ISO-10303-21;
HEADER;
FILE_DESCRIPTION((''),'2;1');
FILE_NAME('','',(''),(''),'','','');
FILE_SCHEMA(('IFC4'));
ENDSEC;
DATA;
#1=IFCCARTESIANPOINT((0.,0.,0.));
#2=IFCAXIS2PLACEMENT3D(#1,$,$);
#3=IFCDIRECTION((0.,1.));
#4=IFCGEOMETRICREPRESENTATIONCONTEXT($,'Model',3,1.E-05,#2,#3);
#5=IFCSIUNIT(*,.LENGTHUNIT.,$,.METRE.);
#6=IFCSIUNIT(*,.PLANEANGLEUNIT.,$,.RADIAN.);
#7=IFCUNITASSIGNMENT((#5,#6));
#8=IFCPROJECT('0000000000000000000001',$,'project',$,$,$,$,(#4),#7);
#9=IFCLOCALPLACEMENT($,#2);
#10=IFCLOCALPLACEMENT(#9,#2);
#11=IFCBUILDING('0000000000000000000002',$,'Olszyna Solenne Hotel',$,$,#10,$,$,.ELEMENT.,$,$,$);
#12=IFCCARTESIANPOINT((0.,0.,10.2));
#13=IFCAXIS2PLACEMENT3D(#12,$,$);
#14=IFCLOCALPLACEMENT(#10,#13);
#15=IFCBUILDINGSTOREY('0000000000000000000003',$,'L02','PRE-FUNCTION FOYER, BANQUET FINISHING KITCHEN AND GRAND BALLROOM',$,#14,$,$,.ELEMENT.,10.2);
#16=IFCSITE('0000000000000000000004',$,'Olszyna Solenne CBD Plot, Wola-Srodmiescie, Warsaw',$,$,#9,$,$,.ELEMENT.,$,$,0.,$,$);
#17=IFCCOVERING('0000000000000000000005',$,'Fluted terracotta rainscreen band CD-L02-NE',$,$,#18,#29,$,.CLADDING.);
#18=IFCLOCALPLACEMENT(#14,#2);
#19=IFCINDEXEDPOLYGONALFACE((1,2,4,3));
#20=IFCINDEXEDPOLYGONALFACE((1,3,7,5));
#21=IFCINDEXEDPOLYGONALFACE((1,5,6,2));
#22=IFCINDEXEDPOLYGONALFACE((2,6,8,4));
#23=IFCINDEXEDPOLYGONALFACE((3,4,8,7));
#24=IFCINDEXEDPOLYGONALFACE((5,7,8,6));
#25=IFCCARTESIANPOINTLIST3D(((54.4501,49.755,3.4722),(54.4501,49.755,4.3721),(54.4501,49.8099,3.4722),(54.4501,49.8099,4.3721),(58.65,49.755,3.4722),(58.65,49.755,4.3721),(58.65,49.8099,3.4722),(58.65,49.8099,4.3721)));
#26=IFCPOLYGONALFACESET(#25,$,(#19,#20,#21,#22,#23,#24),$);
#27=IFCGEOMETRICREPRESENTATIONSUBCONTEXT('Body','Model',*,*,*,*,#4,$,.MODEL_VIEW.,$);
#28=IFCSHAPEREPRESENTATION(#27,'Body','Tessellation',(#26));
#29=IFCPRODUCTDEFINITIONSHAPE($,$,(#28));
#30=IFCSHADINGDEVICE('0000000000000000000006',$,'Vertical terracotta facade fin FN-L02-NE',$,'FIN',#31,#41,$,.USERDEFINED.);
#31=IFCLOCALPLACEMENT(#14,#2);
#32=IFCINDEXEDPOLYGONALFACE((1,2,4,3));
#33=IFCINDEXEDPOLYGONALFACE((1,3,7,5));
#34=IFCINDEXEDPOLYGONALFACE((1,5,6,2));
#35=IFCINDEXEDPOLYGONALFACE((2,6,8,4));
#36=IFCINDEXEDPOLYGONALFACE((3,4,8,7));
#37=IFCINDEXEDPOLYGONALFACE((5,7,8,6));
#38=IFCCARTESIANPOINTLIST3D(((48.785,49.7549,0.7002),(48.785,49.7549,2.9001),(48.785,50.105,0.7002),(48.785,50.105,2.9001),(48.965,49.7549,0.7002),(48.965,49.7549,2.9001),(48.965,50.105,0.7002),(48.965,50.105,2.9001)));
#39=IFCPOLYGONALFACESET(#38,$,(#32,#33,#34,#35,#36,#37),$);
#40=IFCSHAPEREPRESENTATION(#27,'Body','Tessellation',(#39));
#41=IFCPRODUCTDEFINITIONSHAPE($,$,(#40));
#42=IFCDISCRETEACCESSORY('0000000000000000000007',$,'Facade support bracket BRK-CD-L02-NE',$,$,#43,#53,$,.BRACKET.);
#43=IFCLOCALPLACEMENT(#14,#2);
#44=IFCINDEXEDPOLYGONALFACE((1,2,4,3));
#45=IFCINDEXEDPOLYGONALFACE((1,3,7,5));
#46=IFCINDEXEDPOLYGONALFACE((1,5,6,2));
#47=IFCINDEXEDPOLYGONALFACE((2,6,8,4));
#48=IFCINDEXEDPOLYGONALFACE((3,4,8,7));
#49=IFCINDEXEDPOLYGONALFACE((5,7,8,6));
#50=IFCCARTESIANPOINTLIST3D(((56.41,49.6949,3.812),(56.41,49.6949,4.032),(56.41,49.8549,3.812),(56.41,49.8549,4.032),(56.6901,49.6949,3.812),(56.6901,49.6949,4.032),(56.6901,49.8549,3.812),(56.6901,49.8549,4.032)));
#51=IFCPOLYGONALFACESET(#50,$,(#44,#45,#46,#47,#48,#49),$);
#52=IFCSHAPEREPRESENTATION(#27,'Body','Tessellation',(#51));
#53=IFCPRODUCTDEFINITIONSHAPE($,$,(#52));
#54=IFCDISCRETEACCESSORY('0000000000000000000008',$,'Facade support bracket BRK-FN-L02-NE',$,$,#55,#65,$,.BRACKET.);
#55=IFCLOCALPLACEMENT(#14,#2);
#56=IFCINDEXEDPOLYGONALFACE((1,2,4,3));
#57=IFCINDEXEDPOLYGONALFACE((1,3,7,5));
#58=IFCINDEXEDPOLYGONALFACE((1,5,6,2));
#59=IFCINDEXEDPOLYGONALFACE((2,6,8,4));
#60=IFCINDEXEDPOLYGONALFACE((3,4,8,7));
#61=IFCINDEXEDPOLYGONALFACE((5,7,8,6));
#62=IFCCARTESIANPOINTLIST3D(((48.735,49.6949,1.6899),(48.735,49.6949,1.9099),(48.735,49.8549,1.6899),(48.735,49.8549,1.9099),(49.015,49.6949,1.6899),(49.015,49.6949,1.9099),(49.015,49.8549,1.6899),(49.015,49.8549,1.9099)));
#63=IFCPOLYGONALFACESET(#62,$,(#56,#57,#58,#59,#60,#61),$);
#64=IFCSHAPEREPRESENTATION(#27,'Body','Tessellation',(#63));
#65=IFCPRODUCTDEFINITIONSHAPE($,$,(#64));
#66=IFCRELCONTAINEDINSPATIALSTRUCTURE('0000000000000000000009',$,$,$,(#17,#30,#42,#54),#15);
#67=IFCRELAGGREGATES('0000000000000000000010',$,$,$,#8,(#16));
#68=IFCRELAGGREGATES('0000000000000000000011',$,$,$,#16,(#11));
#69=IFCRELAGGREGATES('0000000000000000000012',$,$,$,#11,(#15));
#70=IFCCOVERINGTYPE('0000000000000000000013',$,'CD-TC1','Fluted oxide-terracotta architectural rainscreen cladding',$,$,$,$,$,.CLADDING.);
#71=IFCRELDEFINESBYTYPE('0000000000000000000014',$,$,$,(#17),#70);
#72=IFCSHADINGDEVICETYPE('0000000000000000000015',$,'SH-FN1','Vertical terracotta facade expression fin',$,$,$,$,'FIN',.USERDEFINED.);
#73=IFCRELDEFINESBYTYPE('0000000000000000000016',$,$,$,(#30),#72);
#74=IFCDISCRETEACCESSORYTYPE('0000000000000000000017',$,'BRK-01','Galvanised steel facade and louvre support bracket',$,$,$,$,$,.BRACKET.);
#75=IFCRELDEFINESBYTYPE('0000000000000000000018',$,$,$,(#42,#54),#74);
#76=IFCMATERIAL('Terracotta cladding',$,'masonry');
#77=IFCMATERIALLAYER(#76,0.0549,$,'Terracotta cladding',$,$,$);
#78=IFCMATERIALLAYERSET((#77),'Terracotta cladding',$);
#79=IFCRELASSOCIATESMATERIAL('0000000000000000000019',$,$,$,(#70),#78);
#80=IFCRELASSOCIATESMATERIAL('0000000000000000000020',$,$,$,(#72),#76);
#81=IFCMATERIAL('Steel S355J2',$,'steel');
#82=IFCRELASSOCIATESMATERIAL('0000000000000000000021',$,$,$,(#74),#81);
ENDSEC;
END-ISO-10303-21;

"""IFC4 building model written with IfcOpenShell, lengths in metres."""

from ifc_helpers import new_model, si_unit, direction, frame, origin, origin_2d, place, context, subcontext, project, spatial, rectangle, extrude, source, transform, mapped, material, layer, layer_set, type_object, element, save


model = new_model("IFC4")

# Units and contexts
model_context = context("Model", 3, precision=1e-05, world=origin(), true_north=direction((0.0, 1.0)))
body_context = subcontext(model_context, "Body", "Model", "MODEL_VIEW")
ifc_project = project(units=[si_unit("LENGTHUNIT", "METRE"), si_unit("PLANEANGLEUNIT", "RADIAN")], contexts=[model_context])

# Site, building, storey
site_placement = place(None, origin())
site = spatial("IfcSite", under=ifc_project, at=site_placement, Name="Olszyna Solenne CBD Plot, Wola-Srodmiescie, Warsaw", CompositionType="ELEMENT", RefElevation=0.0)
building_placement = place(site_placement, origin())
building = spatial("IfcBuilding", under=site, at=building_placement, Name="Olszyna Solenne Hotel", CompositionType="ELEMENT")
storey_placement = place(building_placement, frame((0.0, 0.0, 10.2)))
storey = spatial("IfcBuildingStorey", under=building, at=storey_placement, Name="L02", Description="PRE-FUNCTION FOYER, BANQUET FINISHING KITCHEN AND GRAND BALLROOM", CompositionType="ELEMENT", Elevation=10.2)

# Shared definitions
ifc_material_1 = material(Name="Steel S355J2", Category="steel")

# Covering
ifc_material_2 = material(Name="Terracotta cladding", Category="masonry")
ifc_layer_1 = layer(ifc_material_2, 0.0549, Name="Terracotta cladding")
ifc_layer_set_1 = layer_set([ifc_layer_1], Name="Terracotta cladding")
covering_type = type_object("IfcCoveringType", Name="CD-TC1", Description="Fluted oxide-terracotta architectural rainscreen cladding", PredefinedType="CLADDING", material=ifc_layer_set_1)
shared_shape_1 = source(origin(), body_context, "Body", "SweptSolid", [
    extrude(rectangle(XDim=4.2, YDim=0.0549, at=origin_2d()), origin(), (0.0, 0.0, 1.0), 0.8999),
])
covering_placement = place(storey_placement, frame((56.55, 49.7825, 3.4722), z_axis=(0.0, 0.0, 1.0), x_axis=(1.0, 0.0, 0.0)))
element("IfcCovering", 1, at=covering_placement, inside=storey, type_object=covering_type, Name="Fluted terracotta rainscreen band CD-L02-NE", PredefinedType="CLADDING", context=body_context, shape_type="MappedRepresentation", body=[
    mapped(shared_shape_1, transform((0.0, 0.0, 0.0), x_axis=(1.0, 0.0, 0.0), y_axis=(0.0, 1.0, 0.0), z_axis=(0.0, 0.0, 1.0), scale=1.0)),
])

# Shading device
shading_device_type = type_object("IfcShadingDeviceType", Name="SH-FN1", Description="Vertical terracotta facade expression fin", ElementType="FIN", PredefinedType="USERDEFINED", material=ifc_material_2)
shared_shape_2 = source(origin(), body_context, "Body", "SweptSolid", [
    extrude(rectangle(XDim=0.1799, YDim=0.3501, at=origin_2d()), origin(), (0.0, 0.0, 1.0), 2.2),
])
shading_device_placement = place(storey_placement, frame((48.875, 49.9299, 0.7002), z_axis=(0.0, 0.0, 1.0), x_axis=(1.0, 0.0, 0.0)))
element("IfcShadingDevice", 2, at=shading_device_placement, inside=storey, type_object=shading_device_type, Name="Vertical terracotta facade fin FN-L02-NE", ObjectType="FIN", PredefinedType="USERDEFINED", context=body_context, shape_type="MappedRepresentation", body=[
    mapped(shared_shape_2, transform((0.0, 0.0, 0.0), x_axis=(1.0, 0.0, 0.0), y_axis=(0.0, 1.0, 0.0), z_axis=(0.0, 0.0, 1.0), scale=1.0)),
])

# Discrete accessories
discrete_accessory_type = type_object("IfcDiscreteAccessoryType", Name="BRK-01", Description="Galvanised steel facade and louvre support bracket", PredefinedType="BRACKET", material=ifc_material_1)
shared_shape_3 = source(origin(), body_context, "Body", "SweptSolid", [
    extrude(rectangle(XDim=0.28, YDim=0.1599, at=origin_2d()), origin(), (0.0, 0.0, 1.0), 0.22),
])
for number, where, z_axis, x_axis, name in (
    (3, (56.55, 49.7749, 3.812), (0.0, 0.0, 1.0), (1.0, 0.0, 0.0), "Facade support bracket BRK-CD-L02-NE"),
    (4, (48.875, 49.7749, 1.6899), (0.0, 0.0, 1.0), (1.0, 0.0, 0.0), "Facade support bracket BRK-FN-L02-NE"),
):
    element("IfcDiscreteAccessory", number, at=place(storey_placement, frame(where, z_axis=z_axis, x_axis=x_axis)), inside=storey, type_object=discrete_accessory_type, Name=name, PredefinedType="BRACKET", context=body_context, shape_type="MappedRepresentation", body=[
        mapped(shared_shape_3, transform((0.0, 0.0, 0.0), x_axis=(1.0, 0.0, 0.0), y_axis=(0.0, 1.0, 0.0), z_axis=(0.0, 0.0, 1.0), scale=1.0)),
    ])

save(model, "model.ifc")
